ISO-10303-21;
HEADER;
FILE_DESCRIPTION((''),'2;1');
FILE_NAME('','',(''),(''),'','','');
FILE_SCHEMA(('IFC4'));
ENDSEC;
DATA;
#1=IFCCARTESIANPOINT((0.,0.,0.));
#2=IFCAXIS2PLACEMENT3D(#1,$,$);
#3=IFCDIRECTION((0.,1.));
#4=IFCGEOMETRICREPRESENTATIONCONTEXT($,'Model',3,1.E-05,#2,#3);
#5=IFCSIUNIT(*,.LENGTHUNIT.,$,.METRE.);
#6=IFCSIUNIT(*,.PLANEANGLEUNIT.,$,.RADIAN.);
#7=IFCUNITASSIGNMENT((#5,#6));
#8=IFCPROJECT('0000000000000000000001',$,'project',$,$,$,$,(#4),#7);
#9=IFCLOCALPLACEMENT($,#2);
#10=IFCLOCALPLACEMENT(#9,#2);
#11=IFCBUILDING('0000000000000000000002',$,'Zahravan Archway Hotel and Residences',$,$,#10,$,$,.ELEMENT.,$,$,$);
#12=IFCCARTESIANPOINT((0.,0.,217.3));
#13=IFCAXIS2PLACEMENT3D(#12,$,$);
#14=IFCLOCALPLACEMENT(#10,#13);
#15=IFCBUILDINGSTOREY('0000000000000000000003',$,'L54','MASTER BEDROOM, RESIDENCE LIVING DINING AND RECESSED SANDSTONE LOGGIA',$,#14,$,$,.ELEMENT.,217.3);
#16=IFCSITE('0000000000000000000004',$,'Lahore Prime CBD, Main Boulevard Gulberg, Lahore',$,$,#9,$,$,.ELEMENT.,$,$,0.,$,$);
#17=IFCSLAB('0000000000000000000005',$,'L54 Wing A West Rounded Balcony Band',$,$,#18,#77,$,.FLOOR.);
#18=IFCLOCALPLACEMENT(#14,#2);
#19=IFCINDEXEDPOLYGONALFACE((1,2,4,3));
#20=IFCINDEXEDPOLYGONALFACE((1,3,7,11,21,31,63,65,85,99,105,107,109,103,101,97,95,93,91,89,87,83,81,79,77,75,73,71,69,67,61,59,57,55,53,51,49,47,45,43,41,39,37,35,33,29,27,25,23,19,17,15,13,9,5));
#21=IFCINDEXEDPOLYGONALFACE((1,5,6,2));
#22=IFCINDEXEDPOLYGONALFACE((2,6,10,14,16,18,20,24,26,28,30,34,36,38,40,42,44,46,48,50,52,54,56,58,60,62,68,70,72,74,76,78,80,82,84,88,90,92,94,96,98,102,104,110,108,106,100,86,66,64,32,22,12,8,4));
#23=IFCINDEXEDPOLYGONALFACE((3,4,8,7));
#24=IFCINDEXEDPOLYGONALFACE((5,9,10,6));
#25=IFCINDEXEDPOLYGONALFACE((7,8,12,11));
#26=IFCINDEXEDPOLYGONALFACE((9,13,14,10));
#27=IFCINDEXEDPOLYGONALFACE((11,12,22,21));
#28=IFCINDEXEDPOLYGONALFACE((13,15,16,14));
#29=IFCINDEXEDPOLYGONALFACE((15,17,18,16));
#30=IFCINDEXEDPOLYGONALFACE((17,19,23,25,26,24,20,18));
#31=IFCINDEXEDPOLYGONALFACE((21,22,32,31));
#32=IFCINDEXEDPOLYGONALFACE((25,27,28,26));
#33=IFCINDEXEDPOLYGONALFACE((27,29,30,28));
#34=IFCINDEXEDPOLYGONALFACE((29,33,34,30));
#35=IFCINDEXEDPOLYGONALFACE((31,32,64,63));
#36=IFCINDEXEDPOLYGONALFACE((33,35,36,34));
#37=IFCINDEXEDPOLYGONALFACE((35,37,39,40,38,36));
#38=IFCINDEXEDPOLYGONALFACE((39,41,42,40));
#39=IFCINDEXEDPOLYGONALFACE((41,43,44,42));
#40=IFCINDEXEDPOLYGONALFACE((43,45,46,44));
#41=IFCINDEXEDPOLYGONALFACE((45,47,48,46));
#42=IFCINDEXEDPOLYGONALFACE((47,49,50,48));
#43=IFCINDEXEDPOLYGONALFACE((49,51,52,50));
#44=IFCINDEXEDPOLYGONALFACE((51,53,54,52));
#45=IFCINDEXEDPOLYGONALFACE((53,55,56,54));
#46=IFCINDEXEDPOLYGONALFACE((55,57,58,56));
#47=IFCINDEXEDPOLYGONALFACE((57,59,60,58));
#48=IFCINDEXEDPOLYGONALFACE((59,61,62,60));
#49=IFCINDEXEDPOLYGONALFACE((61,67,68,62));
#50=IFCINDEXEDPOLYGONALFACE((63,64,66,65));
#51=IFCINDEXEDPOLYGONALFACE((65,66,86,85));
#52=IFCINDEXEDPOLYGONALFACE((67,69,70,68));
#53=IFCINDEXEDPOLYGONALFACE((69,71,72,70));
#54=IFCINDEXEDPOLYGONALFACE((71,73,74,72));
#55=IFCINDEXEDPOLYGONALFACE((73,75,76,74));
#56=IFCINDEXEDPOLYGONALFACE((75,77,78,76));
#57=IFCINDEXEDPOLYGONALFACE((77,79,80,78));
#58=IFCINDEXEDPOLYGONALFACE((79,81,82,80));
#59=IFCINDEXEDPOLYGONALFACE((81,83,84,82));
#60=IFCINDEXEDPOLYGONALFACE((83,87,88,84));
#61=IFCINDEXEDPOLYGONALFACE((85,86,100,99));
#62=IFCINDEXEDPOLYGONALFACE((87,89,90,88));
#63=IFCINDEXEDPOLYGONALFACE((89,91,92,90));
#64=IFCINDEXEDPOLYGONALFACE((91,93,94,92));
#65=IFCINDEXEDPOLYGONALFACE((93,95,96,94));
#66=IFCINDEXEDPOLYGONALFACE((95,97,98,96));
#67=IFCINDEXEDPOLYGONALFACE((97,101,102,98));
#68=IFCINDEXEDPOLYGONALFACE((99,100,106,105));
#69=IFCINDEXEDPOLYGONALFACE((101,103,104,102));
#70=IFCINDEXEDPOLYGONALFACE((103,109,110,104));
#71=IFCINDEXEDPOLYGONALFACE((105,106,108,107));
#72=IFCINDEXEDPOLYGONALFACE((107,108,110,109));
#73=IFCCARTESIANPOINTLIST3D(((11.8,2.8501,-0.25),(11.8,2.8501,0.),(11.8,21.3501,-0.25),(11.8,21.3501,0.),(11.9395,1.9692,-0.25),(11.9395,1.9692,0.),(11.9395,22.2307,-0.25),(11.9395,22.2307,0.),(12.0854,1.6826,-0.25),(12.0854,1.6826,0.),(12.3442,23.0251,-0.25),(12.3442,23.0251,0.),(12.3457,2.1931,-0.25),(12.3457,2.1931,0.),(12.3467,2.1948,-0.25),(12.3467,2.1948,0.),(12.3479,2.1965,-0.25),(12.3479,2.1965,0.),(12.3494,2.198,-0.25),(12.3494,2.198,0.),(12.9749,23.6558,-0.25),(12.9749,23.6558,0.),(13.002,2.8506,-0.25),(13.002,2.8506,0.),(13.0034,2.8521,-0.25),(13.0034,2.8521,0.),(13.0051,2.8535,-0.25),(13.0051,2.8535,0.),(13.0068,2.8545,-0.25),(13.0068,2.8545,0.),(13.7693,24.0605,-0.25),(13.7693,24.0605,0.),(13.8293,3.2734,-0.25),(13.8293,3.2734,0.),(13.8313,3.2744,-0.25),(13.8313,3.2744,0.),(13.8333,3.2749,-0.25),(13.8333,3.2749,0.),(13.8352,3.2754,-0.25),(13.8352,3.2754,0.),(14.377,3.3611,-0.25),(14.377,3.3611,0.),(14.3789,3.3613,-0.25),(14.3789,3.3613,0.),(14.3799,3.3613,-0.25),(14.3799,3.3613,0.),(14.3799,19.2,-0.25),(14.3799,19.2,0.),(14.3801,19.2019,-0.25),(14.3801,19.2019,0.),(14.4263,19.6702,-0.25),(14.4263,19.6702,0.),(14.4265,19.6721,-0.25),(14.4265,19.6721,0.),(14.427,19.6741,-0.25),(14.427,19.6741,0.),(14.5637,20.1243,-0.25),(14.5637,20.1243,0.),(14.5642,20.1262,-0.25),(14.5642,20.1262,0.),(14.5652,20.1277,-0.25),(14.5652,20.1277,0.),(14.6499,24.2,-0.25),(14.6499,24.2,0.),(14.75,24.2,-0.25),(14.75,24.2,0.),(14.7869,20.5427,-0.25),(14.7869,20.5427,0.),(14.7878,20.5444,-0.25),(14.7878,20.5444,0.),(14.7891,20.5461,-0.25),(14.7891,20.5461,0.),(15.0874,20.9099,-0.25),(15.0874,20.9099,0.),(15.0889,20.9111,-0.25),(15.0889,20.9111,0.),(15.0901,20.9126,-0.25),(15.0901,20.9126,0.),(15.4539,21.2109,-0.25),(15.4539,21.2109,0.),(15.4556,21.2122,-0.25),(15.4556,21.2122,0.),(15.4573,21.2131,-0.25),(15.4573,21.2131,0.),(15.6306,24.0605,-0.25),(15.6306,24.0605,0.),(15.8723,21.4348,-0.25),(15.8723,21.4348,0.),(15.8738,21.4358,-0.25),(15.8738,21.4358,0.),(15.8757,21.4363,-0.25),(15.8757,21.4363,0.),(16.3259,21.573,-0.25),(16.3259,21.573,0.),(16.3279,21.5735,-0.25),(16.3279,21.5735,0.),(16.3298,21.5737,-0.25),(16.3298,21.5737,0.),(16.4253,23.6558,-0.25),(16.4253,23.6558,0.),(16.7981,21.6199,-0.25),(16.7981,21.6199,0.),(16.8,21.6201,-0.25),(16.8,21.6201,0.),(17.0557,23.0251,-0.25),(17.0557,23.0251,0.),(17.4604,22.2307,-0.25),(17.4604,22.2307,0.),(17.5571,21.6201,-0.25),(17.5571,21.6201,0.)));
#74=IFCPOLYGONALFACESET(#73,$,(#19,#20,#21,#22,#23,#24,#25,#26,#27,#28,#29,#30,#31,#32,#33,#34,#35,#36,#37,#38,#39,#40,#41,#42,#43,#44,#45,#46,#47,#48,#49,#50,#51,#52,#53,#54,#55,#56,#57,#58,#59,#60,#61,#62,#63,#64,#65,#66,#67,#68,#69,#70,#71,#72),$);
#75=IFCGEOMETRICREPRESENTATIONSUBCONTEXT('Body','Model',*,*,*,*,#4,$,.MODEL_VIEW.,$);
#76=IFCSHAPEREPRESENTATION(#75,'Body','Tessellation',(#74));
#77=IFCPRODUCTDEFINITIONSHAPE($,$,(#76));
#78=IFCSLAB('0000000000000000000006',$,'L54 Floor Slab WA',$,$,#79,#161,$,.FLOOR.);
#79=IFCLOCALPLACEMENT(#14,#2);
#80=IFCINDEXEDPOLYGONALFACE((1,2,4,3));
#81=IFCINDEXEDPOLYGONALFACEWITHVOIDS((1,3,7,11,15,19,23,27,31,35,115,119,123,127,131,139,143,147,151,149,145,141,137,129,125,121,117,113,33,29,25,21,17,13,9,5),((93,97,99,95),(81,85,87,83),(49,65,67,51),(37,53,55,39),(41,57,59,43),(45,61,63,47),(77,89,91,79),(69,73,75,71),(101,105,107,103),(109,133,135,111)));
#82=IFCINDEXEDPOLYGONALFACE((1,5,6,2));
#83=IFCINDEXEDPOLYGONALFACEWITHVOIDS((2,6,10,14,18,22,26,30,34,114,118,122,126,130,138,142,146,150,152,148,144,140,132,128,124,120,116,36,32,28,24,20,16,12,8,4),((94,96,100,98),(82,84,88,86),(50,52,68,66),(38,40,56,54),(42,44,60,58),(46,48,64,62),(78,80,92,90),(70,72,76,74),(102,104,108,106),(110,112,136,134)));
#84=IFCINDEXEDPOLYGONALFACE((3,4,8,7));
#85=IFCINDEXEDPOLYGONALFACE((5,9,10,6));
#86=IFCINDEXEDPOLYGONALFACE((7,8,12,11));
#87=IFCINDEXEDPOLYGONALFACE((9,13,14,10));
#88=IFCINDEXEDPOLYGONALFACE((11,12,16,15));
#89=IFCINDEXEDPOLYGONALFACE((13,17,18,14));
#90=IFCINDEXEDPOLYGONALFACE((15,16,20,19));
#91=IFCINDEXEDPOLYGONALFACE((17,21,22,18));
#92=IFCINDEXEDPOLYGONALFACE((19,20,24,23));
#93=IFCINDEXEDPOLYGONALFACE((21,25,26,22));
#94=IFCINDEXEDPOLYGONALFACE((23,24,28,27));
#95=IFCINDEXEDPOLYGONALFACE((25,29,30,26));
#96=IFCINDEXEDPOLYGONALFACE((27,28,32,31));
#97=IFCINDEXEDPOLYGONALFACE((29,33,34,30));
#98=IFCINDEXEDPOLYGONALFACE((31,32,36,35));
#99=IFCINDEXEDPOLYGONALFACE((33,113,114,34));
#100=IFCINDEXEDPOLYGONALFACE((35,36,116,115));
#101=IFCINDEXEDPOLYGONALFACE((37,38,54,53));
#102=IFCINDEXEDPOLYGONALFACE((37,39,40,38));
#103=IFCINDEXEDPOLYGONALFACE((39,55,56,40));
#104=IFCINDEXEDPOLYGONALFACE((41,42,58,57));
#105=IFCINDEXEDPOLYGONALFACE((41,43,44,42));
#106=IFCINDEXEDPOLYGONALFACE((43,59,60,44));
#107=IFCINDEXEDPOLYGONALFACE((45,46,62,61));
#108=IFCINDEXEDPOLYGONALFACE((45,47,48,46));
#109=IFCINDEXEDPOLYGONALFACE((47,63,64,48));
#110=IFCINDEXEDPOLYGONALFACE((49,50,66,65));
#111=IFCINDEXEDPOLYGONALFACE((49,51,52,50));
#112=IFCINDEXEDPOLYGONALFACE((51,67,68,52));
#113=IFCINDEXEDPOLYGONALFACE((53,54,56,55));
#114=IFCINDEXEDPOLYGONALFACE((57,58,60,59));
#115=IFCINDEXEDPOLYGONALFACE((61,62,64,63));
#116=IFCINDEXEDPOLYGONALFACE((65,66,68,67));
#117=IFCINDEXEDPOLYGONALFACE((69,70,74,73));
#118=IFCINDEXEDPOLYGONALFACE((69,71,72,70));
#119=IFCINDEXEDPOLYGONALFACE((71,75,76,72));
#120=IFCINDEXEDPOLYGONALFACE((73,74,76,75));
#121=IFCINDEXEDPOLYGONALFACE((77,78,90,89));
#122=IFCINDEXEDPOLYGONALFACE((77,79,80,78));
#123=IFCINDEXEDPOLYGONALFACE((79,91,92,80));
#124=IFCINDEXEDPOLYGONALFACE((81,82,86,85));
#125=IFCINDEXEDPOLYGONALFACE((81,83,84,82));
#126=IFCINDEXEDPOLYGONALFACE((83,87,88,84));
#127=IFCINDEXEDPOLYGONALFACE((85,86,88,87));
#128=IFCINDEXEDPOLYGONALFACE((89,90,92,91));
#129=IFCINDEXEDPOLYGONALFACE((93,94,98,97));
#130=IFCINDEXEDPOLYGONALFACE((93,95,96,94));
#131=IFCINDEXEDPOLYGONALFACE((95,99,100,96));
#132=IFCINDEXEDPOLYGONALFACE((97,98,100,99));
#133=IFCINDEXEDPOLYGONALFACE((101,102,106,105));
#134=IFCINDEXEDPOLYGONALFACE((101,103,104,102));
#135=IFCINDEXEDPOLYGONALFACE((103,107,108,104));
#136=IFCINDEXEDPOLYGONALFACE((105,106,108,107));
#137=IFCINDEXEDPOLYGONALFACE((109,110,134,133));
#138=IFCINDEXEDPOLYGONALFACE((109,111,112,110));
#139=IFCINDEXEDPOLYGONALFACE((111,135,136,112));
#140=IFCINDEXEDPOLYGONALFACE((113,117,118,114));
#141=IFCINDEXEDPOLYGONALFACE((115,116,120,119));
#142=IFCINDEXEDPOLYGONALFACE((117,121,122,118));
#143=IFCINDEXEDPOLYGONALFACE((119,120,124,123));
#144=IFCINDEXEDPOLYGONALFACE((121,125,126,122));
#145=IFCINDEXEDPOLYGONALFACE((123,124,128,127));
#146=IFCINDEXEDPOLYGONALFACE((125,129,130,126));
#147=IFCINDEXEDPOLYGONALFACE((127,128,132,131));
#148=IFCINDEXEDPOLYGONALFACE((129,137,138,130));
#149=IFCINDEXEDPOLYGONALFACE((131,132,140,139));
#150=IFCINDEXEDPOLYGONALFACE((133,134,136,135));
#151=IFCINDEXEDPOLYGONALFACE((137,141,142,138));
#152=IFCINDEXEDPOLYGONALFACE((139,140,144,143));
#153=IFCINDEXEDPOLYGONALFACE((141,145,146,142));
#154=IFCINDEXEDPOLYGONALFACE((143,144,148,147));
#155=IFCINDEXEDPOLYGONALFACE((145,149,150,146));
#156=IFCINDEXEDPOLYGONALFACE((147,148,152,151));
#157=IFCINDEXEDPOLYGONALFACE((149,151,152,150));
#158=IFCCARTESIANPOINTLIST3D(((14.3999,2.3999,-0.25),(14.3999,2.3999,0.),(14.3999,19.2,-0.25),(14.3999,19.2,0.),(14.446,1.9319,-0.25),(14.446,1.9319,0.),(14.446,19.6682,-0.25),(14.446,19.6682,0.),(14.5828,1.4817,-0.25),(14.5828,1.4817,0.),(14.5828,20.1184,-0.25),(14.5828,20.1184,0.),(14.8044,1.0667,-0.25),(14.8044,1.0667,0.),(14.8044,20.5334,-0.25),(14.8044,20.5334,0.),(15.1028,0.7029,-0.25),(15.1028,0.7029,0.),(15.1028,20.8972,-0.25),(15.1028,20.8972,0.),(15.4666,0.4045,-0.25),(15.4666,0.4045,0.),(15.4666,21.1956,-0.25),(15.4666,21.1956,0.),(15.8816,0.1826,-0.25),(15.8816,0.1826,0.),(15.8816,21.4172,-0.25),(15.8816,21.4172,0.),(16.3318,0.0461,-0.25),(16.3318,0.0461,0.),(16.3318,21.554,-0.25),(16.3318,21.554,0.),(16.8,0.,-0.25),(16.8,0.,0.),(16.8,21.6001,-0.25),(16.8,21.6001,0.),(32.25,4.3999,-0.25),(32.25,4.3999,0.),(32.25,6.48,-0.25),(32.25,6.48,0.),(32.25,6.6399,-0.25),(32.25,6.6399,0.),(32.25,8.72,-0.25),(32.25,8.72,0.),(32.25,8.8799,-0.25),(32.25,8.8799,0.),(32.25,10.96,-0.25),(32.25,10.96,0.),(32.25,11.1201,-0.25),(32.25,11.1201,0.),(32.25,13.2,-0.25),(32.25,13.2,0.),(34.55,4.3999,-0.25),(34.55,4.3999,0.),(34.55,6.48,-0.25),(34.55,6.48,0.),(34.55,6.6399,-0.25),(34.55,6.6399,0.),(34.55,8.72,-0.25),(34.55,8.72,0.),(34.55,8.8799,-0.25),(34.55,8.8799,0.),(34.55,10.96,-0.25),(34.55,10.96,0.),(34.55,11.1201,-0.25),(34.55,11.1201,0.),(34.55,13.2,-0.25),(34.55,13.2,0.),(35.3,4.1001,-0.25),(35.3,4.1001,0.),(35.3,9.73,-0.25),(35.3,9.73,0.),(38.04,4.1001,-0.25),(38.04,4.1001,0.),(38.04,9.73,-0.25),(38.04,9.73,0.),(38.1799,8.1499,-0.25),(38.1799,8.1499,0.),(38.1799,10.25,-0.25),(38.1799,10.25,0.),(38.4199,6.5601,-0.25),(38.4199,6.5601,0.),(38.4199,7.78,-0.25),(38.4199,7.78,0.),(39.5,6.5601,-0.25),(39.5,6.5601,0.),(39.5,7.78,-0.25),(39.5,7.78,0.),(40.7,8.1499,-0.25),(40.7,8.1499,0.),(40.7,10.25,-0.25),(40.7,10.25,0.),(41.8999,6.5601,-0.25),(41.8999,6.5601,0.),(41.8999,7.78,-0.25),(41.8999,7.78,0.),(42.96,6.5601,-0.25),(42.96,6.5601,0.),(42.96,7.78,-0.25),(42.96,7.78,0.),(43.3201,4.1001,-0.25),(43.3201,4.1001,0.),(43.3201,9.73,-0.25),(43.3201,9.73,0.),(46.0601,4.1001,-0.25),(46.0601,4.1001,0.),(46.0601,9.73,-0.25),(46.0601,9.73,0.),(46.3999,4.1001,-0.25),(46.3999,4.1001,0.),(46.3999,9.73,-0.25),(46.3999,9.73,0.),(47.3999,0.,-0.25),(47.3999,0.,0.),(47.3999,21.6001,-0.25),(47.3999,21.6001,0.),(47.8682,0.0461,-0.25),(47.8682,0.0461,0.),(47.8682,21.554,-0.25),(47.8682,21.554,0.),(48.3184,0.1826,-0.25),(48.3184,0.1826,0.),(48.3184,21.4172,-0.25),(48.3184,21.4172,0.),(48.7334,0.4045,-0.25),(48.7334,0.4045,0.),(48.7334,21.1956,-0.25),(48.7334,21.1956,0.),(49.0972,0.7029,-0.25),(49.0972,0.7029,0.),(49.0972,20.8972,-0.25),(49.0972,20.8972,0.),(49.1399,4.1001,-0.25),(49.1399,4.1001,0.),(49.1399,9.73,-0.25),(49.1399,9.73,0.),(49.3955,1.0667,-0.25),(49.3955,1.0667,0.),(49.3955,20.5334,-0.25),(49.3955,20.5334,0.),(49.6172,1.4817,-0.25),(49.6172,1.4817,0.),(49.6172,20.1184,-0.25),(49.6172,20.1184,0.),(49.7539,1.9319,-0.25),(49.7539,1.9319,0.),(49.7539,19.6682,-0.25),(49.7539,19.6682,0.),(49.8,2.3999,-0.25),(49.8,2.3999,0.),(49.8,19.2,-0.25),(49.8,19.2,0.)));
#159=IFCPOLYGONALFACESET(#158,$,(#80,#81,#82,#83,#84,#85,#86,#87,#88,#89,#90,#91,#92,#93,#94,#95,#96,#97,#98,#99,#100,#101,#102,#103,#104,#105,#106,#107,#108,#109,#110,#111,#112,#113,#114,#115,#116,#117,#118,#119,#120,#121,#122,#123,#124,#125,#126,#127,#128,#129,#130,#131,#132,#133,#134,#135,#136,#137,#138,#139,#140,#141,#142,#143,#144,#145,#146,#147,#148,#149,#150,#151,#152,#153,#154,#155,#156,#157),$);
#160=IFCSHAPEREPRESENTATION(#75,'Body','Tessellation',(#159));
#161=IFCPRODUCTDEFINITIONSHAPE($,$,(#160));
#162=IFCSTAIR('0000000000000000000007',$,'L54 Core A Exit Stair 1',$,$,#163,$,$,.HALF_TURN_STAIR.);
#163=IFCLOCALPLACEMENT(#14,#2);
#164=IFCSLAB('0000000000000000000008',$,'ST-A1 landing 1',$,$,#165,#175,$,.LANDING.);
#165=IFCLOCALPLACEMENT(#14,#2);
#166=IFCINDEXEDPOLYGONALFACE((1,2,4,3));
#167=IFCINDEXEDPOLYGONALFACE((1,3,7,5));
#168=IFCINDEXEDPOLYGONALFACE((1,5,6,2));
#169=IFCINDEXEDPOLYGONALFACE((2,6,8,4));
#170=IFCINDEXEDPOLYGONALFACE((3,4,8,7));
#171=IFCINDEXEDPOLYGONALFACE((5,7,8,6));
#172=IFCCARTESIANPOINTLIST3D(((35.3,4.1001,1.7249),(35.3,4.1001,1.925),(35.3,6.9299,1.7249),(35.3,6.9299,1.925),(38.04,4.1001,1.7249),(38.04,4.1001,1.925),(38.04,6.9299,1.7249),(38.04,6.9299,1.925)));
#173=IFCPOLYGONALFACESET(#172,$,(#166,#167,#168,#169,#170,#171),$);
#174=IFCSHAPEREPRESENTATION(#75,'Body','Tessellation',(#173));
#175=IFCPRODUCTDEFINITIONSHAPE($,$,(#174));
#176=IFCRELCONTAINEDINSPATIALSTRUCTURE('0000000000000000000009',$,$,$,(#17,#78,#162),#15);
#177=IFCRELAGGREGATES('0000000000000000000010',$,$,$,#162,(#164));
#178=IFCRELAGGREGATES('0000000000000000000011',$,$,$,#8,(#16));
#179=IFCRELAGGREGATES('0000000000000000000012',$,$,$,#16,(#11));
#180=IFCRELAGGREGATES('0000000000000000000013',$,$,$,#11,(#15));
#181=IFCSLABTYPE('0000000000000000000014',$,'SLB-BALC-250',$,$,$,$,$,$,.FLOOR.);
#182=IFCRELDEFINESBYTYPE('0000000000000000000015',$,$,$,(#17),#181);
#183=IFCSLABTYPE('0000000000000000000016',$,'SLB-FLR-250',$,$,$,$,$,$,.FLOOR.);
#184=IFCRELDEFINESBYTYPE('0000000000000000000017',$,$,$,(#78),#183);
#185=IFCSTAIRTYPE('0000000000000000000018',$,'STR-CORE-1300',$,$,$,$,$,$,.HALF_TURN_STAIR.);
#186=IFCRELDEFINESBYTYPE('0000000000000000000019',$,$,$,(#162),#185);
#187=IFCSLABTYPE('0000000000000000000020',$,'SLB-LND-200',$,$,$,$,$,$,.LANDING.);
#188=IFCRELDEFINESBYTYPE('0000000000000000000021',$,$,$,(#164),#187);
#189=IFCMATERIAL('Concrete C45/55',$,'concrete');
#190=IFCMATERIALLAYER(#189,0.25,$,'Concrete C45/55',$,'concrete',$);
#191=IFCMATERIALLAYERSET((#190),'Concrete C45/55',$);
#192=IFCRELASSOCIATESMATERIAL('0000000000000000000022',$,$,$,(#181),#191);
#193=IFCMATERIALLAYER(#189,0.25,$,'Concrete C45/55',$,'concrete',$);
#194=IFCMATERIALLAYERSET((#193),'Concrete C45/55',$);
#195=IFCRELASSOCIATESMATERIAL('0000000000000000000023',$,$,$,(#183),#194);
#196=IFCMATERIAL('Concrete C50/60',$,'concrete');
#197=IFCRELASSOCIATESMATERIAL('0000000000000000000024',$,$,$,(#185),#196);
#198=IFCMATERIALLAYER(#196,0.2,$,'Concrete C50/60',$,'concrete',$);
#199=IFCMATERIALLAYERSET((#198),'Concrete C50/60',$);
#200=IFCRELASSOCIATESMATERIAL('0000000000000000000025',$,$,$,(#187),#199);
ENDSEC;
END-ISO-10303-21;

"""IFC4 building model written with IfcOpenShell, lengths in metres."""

from ifc_helpers import new_model, si_unit, direction, frame, origin, place, context, subcontext, project, spatial, polyline, outline, extrude, material, layer, layer_set, type_object, element, aggregate, save


model = new_model("IFC4")

# Units and contexts
model_context = context("Model", 3, precision=1e-05, world=origin(), true_north=direction((0.0, 1.0)))
body_context = subcontext(model_context, "Body", "Model", "MODEL_VIEW")
ifc_project = project(units=[si_unit("LENGTHUNIT", "METRE"), si_unit("PLANEANGLEUNIT", "RADIAN")], contexts=[model_context])

# Site, building, storey
site_placement = place(None, origin())
site = spatial("IfcSite", under=ifc_project, at=site_placement, Name="Lahore Prime CBD, Main Boulevard Gulberg, Lahore", CompositionType="ELEMENT", RefElevation=0.0)
building_placement = place(site_placement, origin())
building = spatial("IfcBuilding", under=site, at=building_placement, Name="Zahravan Archway Hotel and Residences", CompositionType="ELEMENT")
storey_placement = place(building_placement, frame((0.0, 0.0, 217.3)))
storey = spatial("IfcBuildingStorey", under=building, at=storey_placement, Name="L54", Description="MASTER BEDROOM, RESIDENCE LIVING DINING AND RECESSED SANDSTONE LOGGIA", CompositionType="ELEMENT", Elevation=217.3)

# Slabs
ifc_material_1 = material(Name="Concrete C45/55", Category="concrete")
ifc_layer_1 = layer(ifc_material_1, 0.25, Name="Concrete C45/55", Category="concrete")
ifc_layer_set_1 = layer_set([ifc_layer_1], Name="Concrete C45/55")
slab_type_1 = type_object("IfcSlabType", Name="SLB-BALC-250", PredefinedType="FLOOR", material=ifc_layer_set_1)
slab_1_placement = place(storey_placement, frame((0.0, 0.0, -0.25)))
element("IfcSlab", 1, at=slab_1_placement, inside=storey, type_object=slab_type_1, Name="L54 Wing A West Rounded Balcony Band", PredefinedType="FLOOR", context=body_context, shape_type="SweptSolid", body=[
    extrude(outline(polyline([(11.9395, 1.9692), (11.8, 2.8501), (11.8, 21.3501), (11.9395, 22.2307), (12.3442, 23.0251), (12.9749, 23.6558), (13.7693, 24.0605), (14.6499, 24.2), (14.75, 24.2), (15.6306, 24.0605), (16.4253, 23.6558), (17.0557, 23.0251), (17.4604, 22.2307), (17.5571, 21.6201), (16.8, 21.6201), (16.7981, 21.6199), (16.3298, 21.5737), (16.3279, 21.5735), (16.3259, 21.573), (15.8757, 21.4363), (15.8738, 21.4358), (15.8723, 21.4348), (15.4573, 21.2131), (15.4556, 21.2122), (15.4539, 21.2109), (15.0901, 20.9126), (15.0889, 20.9111), (15.0874, 20.9099), (14.7891, 20.5461), (14.7878, 20.5444), (14.7869, 20.5427), (14.5652, 20.1277), (14.5642, 20.1262), (14.5637, 20.1243), (14.427, 19.6741), (14.4265, 19.6721), (14.4263, 19.6702), (14.3801, 19.2019), (14.3799, 19.2), (14.3799, 3.3613), (14.3789, 3.3613), (14.377, 3.3611), (13.8352, 3.2754), (13.8333, 3.2749), (13.8313, 3.2744), (13.8293, 3.2734), (13.0068, 2.8545), (13.0051, 2.8535), (13.0034, 2.8521), (13.002, 2.8506), (12.3494, 2.198), (12.3479, 2.1965), (12.3467, 2.1948), (12.3457, 2.1931), (12.0854, 1.6826), (11.9395, 1.9692)])), origin(), (0.0, 0.0, 1.0), 0.25),
])
ifc_layer_2 = layer(ifc_material_1, 0.25, Name="Concrete C45/55", Category="concrete")
ifc_layer_set_2 = layer_set([ifc_layer_2], Name="Concrete C45/55")
slab_type_2 = type_object("IfcSlabType", Name="SLB-FLR-250", PredefinedType="FLOOR", material=ifc_layer_set_2)
slab_2_placement = place(storey_placement, frame((0.0, 0.0, -0.25)))
element("IfcSlab", 2, at=slab_2_placement, inside=storey, type_object=slab_type_2, Name="L54 Floor Slab WA", PredefinedType="FLOOR", context=body_context, shape_type="SweptSolid", body=[
    extrude(outline(polyline([(47.3999, 0.0), (47.8682, 0.0461), (48.3184, 0.1826), (48.7334, 0.4045), (49.0972, 0.7029), (49.3955, 1.0667), (49.6172, 1.4817), (49.7539, 1.9319), (49.8, 2.3999), (49.8, 19.2), (49.7539, 19.6682), (49.6172, 20.1184), (49.3955, 20.5334), (49.0972, 20.8972), (48.7334, 21.1956), (48.3184, 21.4172), (47.8682, 21.554), (47.3999, 21.6001), (16.8, 21.6001), (16.3318, 21.554), (15.8816, 21.4172), (15.4666, 21.1956), (15.1028, 20.8972), (14.8044, 20.5334), (14.5828, 20.1184), (14.446, 19.6682), (14.3999, 19.2), (14.3999, 2.3999), (14.446, 1.9319), (14.5828, 1.4817), (14.8044, 1.0667), (15.1028, 0.7029), (15.4666, 0.4045), (15.8816, 0.1826), (16.3318, 0.0461), (16.8, 0.0), (47.3999, 0.0)]), holes=[polyline([(35.3, 9.73), (35.3, 4.1001), (38.04, 4.1001), (38.04, 9.73), (35.3, 9.73)]), polyline([(43.3201, 9.73), (43.3201, 4.1001), (46.0601, 4.1001), (46.0601, 9.73), (43.3201, 9.73)]), polyline([(46.3999, 9.73), (46.3999, 4.1001), (49.1399, 4.1001), (49.1399, 9.73), (46.3999, 9.73)]), polyline([(38.1799, 8.1499), (40.7, 8.1499), (40.7, 10.25), (38.1799, 10.25), (38.1799, 8.1499)]), polyline([(32.25, 4.3999), (34.55, 4.3999), (34.55, 6.48), (32.25, 6.48), (32.25, 4.3999)]), polyline([(32.25, 6.6399), (34.55, 6.6399), (34.55, 8.72), (32.25, 8.72), (32.25, 6.6399)]), polyline([(32.25, 8.8799), (34.55, 8.8799), (34.55, 10.96), (32.25, 10.96), (32.25, 8.8799)]), polyline([(32.25, 11.1201), (34.55, 11.1201), (34.55, 13.2), (32.25, 13.2), (32.25, 11.1201)]), polyline([(38.4199, 6.5601), (39.5, 6.5601), (39.5, 7.78), (38.4199, 7.78), (38.4199, 6.5601)]), polyline([(41.8999, 6.5601), (42.96, 6.5601), (42.96, 7.78), (41.8999, 7.78), (41.8999, 6.5601)])]), origin(), (0.0, 0.0, 1.0), 0.25),
])

# Stair, slab
ifc_material_2 = material(Name="Concrete C50/60", Category="concrete")
stair_type = type_object("IfcStairType", Name="STR-CORE-1300", PredefinedType="HALF_TURN_STAIR", material=ifc_material_2)
stair_1_placement = place(storey_placement, origin())
stair_1 = element("IfcStair", 3, at=stair_1_placement, inside=storey, type_object=stair_type, Name="L54 Core A Exit Stair 1", PredefinedType="HALF_TURN_STAIR")
ifc_layer_3 = layer(ifc_material_2, 0.2, Name="Concrete C50/60", Category="concrete")
ifc_layer_set_3 = layer_set([ifc_layer_3], Name="Concrete C50/60")
slab_type_3 = type_object("IfcSlabType", Name="SLB-LND-200", PredefinedType="LANDING", material=ifc_layer_set_3)
slab_3_placement = place(storey_placement, frame((0.0, 0.0, 1.7249)))
slab_3 = element("IfcSlab", 4, at=slab_3_placement, type_object=slab_type_3, Name="ST-A1 landing 1", PredefinedType="LANDING", context=body_context, shape_type="SweptSolid", body=[
    extrude(outline(polyline([(35.3, 6.9299), (35.3, 4.1001), (38.04, 4.1001), (38.04, 6.9299), (35.3, 6.9299)])), origin(), (0.0, 0.0, 1.0), 0.2002),
])
aggregate(stair_1, [slab_3])

save(model, "model.ifc")
